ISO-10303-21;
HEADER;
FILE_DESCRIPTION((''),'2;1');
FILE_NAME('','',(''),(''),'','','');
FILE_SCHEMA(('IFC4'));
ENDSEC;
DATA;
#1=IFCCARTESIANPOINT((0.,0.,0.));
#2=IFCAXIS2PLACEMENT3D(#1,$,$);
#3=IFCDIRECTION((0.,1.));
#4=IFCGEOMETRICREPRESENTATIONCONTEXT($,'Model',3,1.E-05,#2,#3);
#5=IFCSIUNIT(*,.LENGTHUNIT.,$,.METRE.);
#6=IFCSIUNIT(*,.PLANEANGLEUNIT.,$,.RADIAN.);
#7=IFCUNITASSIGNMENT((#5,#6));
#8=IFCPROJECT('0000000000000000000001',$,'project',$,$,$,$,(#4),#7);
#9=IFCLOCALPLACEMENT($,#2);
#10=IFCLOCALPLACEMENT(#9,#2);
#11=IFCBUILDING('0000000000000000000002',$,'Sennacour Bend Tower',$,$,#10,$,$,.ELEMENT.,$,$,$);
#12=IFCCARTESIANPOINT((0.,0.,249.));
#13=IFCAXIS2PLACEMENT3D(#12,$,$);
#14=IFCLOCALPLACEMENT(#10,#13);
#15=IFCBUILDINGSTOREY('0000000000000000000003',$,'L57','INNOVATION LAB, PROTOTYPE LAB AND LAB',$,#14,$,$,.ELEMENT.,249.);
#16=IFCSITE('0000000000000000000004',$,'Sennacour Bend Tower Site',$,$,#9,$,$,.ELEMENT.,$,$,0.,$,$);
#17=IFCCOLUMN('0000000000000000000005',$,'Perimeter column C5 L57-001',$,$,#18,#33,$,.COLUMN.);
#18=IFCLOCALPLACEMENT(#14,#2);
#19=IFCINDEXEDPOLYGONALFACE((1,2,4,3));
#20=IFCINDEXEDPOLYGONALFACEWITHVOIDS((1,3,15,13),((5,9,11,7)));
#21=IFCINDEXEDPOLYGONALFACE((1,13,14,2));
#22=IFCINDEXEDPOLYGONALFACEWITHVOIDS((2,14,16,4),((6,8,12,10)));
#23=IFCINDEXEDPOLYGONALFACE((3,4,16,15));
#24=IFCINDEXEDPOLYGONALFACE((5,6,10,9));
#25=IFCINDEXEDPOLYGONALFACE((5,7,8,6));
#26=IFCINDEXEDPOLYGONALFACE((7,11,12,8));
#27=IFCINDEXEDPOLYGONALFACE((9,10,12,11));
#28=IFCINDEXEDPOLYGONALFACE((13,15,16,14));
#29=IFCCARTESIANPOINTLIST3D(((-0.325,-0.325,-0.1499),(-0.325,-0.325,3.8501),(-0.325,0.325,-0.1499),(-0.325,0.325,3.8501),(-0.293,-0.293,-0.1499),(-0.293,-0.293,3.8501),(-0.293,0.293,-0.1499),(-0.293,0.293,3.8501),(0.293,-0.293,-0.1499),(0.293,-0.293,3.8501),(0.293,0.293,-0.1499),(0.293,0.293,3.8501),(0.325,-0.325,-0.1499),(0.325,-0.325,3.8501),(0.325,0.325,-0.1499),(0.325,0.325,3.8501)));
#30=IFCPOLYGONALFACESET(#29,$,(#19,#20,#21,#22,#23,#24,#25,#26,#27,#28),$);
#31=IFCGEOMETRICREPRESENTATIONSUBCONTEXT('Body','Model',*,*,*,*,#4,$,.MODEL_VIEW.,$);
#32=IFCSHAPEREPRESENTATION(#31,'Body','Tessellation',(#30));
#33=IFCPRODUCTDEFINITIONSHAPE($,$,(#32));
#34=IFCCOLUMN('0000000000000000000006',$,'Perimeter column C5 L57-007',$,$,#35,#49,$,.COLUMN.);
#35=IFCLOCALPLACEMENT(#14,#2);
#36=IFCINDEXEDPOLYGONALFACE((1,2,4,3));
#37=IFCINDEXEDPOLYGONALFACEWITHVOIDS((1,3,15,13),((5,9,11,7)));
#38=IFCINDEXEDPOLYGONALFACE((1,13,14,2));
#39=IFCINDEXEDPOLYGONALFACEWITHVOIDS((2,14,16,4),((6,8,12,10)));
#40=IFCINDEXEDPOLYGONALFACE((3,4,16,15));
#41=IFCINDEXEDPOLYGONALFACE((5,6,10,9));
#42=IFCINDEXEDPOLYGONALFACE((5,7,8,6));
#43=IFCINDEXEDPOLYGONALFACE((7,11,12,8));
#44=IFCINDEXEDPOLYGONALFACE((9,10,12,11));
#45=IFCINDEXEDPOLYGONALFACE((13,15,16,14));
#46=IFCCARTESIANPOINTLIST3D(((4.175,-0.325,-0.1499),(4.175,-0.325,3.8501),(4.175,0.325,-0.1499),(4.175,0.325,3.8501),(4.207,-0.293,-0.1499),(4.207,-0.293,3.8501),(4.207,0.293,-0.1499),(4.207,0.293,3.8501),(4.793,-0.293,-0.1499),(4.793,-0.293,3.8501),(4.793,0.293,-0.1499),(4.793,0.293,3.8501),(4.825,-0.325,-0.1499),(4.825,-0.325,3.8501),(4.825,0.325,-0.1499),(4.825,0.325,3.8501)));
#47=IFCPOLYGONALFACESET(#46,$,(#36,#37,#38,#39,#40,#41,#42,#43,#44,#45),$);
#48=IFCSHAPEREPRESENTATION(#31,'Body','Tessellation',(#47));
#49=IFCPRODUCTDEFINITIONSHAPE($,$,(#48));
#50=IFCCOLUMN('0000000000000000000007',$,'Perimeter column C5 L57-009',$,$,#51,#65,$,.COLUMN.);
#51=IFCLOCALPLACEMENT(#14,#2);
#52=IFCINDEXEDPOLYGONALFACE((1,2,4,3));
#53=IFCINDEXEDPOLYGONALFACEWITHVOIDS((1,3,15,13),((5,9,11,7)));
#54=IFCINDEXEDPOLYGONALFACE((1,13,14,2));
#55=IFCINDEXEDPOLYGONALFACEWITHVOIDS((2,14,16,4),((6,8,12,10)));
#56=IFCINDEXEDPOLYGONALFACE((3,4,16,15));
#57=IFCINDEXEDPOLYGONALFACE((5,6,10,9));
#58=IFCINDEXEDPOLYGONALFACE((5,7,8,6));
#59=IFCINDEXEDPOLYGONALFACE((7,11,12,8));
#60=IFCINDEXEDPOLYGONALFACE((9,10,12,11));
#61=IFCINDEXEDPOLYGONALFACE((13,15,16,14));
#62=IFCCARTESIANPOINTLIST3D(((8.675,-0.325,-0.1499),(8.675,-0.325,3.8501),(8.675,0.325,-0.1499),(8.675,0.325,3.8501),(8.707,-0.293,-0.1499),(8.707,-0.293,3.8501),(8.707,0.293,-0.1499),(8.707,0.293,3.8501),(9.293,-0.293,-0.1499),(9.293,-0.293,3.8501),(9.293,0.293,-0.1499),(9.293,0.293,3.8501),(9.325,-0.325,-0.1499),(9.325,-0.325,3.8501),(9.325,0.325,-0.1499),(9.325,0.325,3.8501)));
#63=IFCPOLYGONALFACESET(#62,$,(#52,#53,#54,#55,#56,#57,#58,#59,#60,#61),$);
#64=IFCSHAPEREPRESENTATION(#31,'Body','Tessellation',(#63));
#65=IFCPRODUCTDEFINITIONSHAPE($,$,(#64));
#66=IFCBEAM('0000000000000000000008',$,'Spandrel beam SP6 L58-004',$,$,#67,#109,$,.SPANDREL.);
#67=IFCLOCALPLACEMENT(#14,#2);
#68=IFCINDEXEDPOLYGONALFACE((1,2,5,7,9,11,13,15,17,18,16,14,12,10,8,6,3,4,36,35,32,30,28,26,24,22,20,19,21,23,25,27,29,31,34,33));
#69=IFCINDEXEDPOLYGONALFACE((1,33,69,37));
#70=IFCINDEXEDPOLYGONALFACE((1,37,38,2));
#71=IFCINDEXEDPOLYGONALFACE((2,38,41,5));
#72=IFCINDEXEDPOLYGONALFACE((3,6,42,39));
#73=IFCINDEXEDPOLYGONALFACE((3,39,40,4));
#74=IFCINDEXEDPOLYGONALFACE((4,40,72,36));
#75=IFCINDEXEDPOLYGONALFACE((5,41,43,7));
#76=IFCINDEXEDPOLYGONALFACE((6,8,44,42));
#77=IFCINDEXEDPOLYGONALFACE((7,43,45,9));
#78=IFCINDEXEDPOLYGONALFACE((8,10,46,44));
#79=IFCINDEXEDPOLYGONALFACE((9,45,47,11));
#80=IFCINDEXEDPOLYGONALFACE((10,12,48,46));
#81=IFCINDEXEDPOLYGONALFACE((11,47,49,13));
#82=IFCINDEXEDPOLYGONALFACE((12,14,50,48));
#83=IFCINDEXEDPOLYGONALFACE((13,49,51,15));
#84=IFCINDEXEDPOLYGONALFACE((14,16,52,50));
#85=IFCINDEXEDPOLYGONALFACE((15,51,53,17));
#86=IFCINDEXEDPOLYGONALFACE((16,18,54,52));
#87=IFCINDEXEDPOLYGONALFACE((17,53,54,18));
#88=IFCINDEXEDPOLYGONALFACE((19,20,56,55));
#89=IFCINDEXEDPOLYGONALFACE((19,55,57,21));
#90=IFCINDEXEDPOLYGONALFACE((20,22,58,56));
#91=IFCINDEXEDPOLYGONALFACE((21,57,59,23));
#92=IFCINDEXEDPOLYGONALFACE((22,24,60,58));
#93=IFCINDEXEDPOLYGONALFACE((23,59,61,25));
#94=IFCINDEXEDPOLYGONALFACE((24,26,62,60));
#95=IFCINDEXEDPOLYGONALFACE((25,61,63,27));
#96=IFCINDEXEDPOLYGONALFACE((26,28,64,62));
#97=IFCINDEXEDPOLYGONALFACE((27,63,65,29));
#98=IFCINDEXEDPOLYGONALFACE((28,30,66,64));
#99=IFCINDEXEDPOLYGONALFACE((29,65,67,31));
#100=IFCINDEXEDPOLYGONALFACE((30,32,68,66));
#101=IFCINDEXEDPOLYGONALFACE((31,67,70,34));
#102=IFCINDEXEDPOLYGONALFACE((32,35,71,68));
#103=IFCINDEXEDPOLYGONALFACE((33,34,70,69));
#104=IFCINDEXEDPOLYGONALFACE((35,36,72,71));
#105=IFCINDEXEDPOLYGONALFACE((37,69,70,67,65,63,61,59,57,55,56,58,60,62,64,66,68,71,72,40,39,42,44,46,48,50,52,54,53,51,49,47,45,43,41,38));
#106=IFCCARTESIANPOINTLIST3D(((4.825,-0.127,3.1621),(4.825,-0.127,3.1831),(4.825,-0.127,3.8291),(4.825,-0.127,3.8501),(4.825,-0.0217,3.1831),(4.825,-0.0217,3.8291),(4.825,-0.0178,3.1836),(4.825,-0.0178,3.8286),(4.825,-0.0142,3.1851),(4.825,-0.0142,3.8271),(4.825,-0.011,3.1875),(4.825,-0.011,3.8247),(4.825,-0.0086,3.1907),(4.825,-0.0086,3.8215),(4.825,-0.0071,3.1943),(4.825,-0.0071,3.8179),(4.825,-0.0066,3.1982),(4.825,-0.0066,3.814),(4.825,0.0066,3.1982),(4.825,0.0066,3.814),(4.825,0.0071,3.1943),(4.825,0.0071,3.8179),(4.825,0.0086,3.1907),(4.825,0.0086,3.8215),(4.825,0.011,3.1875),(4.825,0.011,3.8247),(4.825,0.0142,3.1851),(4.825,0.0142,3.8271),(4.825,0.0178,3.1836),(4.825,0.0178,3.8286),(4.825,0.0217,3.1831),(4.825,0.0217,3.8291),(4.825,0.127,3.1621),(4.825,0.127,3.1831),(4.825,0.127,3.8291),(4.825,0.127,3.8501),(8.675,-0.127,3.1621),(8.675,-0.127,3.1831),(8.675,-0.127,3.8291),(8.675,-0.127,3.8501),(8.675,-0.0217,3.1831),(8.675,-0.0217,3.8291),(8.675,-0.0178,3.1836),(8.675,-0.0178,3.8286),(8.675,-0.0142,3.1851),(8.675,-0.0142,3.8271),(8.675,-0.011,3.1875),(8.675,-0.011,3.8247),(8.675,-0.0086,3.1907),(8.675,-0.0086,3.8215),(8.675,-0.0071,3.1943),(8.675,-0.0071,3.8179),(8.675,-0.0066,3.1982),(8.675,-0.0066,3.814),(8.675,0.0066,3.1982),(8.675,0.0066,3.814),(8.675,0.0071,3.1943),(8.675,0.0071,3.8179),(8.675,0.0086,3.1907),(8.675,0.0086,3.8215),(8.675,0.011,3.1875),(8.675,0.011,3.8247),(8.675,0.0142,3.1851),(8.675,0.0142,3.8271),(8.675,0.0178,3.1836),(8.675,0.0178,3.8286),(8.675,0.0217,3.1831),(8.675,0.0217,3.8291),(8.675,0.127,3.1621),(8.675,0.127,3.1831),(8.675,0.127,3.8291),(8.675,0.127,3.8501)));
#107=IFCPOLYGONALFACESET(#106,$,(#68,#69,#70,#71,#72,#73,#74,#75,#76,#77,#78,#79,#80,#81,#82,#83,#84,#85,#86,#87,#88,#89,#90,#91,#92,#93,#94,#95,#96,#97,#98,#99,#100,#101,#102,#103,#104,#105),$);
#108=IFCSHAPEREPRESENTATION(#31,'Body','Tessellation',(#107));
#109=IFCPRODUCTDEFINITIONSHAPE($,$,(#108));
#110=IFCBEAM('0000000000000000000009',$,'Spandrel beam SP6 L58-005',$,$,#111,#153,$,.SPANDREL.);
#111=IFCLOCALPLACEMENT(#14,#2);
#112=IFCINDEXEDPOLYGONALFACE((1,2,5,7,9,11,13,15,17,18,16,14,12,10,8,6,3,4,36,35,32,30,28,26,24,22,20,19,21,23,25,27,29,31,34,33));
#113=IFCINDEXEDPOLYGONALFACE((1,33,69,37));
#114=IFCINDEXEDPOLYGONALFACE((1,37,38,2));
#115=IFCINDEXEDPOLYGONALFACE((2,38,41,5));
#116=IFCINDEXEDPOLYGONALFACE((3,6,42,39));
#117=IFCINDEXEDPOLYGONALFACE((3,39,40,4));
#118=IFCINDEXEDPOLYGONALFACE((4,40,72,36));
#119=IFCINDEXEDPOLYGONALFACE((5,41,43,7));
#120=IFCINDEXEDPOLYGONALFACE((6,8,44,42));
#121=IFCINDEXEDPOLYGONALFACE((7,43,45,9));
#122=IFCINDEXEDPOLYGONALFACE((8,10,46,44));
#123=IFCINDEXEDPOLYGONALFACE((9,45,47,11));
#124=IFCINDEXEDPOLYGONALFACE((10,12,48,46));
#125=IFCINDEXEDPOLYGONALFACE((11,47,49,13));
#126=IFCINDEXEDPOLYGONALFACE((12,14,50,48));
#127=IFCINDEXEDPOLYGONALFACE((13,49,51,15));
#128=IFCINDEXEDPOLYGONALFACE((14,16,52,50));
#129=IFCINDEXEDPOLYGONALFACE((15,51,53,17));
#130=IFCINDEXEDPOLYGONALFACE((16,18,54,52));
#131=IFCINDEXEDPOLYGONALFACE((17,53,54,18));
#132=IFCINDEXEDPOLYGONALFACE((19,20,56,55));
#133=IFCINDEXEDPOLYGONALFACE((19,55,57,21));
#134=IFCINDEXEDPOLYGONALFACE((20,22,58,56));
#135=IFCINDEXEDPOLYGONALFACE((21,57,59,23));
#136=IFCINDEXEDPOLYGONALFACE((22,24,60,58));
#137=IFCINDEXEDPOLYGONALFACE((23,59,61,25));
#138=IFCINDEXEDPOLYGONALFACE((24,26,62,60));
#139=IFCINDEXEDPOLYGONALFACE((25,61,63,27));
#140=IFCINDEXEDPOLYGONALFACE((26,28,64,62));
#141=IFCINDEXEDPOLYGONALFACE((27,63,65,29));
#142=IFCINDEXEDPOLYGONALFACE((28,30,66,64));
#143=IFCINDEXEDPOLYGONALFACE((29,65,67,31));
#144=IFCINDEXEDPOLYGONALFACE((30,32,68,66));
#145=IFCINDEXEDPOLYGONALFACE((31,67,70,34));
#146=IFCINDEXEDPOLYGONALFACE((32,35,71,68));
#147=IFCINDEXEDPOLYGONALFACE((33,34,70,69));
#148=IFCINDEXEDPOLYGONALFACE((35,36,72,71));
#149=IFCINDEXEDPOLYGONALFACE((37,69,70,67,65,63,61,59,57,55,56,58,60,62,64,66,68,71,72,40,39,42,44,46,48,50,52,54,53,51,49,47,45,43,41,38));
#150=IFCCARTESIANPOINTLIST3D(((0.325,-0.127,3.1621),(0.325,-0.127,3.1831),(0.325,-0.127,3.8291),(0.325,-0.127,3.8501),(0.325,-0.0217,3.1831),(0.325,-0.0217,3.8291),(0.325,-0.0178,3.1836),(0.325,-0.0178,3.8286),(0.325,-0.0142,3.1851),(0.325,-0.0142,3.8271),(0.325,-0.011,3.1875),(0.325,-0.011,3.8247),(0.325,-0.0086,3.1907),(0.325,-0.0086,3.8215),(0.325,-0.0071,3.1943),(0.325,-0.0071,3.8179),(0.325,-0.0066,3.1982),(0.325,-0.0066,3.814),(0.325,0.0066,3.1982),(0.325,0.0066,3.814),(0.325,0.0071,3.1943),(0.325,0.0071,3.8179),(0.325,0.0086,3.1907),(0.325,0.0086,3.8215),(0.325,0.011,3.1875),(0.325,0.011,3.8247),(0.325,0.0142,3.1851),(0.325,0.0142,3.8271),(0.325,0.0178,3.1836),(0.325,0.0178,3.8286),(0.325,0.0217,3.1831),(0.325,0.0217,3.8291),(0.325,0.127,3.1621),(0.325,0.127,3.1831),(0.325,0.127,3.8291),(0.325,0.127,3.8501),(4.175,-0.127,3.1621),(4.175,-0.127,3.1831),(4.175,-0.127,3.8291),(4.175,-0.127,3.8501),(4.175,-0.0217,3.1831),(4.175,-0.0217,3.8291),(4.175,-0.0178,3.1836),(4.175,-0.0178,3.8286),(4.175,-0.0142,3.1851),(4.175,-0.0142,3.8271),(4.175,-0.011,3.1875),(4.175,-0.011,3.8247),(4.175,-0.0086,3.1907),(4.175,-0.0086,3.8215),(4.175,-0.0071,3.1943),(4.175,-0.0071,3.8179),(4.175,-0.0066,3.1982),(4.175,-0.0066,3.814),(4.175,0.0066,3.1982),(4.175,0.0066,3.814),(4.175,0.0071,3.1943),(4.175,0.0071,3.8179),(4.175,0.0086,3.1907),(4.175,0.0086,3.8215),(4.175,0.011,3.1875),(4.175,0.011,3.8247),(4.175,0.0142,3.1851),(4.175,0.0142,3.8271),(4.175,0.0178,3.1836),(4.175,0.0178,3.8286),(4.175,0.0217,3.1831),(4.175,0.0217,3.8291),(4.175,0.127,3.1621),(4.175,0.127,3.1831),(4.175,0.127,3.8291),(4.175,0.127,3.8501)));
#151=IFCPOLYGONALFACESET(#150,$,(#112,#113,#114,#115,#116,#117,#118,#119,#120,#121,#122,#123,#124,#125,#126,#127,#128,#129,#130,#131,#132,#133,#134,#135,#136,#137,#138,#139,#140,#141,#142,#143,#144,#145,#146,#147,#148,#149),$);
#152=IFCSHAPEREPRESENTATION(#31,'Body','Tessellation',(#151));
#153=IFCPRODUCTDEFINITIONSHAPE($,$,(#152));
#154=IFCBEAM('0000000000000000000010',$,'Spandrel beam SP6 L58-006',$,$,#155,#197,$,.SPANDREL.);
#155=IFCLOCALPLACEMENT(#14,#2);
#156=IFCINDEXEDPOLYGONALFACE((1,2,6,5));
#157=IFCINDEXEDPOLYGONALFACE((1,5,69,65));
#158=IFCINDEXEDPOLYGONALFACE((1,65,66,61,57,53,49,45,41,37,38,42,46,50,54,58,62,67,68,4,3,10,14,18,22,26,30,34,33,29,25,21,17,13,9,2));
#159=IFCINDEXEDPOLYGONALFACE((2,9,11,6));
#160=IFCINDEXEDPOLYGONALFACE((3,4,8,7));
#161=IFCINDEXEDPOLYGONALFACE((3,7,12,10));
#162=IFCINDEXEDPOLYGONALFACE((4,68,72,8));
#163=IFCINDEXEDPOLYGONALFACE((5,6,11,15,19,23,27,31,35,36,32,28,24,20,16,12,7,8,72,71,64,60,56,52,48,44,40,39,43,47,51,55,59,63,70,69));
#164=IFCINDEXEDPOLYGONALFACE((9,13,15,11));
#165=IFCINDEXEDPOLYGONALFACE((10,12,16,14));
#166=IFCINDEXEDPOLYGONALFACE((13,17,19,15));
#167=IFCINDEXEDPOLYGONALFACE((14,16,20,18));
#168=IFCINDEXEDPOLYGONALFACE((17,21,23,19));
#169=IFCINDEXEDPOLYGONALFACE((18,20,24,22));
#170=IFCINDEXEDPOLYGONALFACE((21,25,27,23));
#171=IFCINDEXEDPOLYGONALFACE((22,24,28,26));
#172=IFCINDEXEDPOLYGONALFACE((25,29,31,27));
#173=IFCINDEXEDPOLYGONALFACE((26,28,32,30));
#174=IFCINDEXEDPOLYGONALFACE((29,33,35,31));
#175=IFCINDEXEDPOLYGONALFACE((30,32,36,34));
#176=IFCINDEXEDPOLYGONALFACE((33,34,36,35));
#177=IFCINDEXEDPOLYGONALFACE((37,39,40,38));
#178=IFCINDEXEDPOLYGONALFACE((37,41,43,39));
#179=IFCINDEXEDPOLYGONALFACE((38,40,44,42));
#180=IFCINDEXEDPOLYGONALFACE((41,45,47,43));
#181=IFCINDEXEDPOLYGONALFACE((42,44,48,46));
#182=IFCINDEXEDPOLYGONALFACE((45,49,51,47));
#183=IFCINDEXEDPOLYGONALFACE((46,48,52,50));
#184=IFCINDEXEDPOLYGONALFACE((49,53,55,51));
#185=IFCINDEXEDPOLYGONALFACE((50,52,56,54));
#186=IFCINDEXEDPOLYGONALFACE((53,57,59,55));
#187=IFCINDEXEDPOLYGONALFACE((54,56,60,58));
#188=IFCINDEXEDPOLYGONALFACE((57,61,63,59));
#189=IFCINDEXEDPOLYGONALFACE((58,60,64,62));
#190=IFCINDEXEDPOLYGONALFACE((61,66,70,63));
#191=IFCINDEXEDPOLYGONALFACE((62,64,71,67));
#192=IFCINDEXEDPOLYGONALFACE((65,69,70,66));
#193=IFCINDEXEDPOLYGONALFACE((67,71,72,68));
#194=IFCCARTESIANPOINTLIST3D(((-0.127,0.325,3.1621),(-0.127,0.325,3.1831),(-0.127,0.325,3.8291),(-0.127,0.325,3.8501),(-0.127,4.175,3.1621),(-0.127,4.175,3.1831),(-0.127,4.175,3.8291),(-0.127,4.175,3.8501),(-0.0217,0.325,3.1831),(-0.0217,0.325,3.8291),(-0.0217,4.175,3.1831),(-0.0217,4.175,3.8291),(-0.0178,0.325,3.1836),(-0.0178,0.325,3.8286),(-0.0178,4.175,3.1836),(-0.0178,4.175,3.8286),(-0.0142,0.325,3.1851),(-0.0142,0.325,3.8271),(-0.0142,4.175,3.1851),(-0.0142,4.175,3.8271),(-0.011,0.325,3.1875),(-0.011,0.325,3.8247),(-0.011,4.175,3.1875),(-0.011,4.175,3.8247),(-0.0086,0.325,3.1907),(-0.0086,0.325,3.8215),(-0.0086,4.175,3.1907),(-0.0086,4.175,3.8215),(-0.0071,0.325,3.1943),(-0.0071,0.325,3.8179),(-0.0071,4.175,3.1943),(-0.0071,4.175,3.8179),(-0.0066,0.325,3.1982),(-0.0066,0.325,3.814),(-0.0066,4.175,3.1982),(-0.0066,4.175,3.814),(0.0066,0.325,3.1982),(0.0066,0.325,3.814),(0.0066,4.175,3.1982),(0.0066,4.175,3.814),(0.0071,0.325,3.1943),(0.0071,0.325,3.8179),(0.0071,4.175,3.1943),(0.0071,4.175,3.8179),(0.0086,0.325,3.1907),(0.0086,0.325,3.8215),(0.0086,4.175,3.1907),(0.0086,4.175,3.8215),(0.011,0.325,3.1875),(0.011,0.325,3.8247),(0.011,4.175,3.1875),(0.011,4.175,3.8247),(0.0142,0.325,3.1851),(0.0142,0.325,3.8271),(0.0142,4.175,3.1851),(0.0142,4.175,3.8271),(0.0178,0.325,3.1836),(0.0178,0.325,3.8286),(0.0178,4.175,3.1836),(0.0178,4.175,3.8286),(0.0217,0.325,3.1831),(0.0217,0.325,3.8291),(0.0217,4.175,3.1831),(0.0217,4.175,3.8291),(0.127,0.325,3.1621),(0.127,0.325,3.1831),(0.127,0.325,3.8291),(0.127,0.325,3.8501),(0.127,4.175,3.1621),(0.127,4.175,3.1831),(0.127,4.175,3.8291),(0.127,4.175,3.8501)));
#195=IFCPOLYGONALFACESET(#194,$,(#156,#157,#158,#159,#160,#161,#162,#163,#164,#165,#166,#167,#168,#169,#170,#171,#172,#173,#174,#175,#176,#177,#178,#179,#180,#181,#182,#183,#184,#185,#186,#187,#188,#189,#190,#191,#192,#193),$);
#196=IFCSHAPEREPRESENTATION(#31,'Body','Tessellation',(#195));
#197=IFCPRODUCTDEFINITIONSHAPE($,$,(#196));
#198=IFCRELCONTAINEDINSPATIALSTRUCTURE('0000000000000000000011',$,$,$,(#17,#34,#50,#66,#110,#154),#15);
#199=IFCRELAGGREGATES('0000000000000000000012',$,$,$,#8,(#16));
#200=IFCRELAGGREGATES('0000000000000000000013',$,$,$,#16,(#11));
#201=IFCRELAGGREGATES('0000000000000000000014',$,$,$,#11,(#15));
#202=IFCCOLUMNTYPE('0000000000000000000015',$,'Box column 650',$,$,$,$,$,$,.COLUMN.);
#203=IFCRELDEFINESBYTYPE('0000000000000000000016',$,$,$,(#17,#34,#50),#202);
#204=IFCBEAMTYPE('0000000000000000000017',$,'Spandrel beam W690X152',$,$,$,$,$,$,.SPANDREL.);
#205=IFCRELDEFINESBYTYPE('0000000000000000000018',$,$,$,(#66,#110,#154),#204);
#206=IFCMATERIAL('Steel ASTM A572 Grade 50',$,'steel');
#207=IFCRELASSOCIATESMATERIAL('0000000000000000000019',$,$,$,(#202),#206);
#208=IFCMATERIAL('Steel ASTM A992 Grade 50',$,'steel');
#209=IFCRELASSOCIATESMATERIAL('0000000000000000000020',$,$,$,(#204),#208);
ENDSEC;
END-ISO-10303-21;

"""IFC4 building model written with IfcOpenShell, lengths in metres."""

from ifc_helpers import new_model, si_unit, direction, frame, origin, origin_2d, place, context, subcontext, project, spatial, hollow_rectangle, i_section, extrude, material, material_profile, profile_set, type_object, element, save


model = new_model("IFC4")

# Units and contexts
model_context = context("Model", 3, precision=1e-05, world=origin(), true_north=direction((0.0, 1.0)))
body_context = subcontext(model_context, "Body", "Model", "MODEL_VIEW")
ifc_project = project(units=[si_unit("LENGTHUNIT", "METRE"), si_unit("PLANEANGLEUNIT", "RADIAN")], contexts=[model_context])

# Site, building, storey
site_placement = place(None, origin())
site = spatial("IfcSite", under=ifc_project, at=site_placement, Name="Sennacour Bend Tower Site", CompositionType="ELEMENT", RefElevation=0.0)
building_placement = place(site_placement, origin())
building = spatial("IfcBuilding", under=site, at=building_placement, Name="Sennacour Bend Tower", CompositionType="ELEMENT")
storey_placement = place(building_placement, frame((0.0, 0.0, 249.0)))
storey = spatial("IfcBuildingStorey", under=building, at=storey_placement, Name="L57", Description="INNOVATION LAB, PROTOTYPE LAB AND LAB", CompositionType="ELEMENT", Elevation=249.0)

# Columns
ifc_material_1 = material(Name="Steel ASTM A572 Grade 50", Category="steel")
ifc_material_profile_1 = material_profile(ifc_material_1, hollow_rectangle(XDim=0.6499, YDim=0.6499, WallThickness=0.032, at=origin_2d()), Name="Steel ASTM A572 Grade 50", Category="steel")
ifc_profile_set_1 = profile_set([ifc_material_profile_1], Name="Steel ASTM A572 Grade 50")
column_type = type_object("IfcColumnType", Name="Box column 650", PredefinedType="COLUMN", material=ifc_profile_set_1)
for number, where, z_axis, x_axis, name in (
    (1, (0.0, 0.0, -0.1499), (0.0, 0.0, 1.0), (1.0, 0.0, 0.0), "Perimeter column C5 L57-001"),
    (2, (4.5, 0.0, -0.1499), (0.0, 0.0, 1.0), (1.0, 0.0, 0.0), "Perimeter column C5 L57-007"),
    (3, (9.0, 0.0, -0.1499), (0.0, 0.0, 1.0), (1.0, 0.0, 0.0), "Perimeter column C5 L57-009"),
):
    element("IfcColumn", number, at=place(storey_placement, frame(where, z_axis=z_axis, x_axis=x_axis)), inside=storey, type_object=column_type, Name=name, PredefinedType="COLUMN", context=body_context, shape_type="SweptSolid", body=[
        extrude(hollow_rectangle(XDim=0.6499, YDim=0.6499, WallThickness=0.032, at=origin_2d()), origin(), (0.0, 0.0, 1.0), 4.0),
    ])

# Beams
ifc_material_2 = material(Name="Steel ASTM A992 Grade 50", Category="steel")
ifc_material_profile_2 = material_profile(ifc_material_2, i_section(OverallWidth=0.2539, OverallDepth=0.688, WebThickness=0.0132, FlangeThickness=0.021, FilletRadius=0.0151, at=origin_2d()), Name="Steel ASTM A992 Grade 50", Category="steel")
ifc_profile_set_2 = profile_set([ifc_material_profile_2], Name="Steel ASTM A992 Grade 50")
beam_type = type_object("IfcBeamType", Name="Spandrel beam W690X152", PredefinedType="SPANDREL", material=ifc_profile_set_2)
for number, where, z_axis, x_axis, name in (
    (4, (8.675, 0.0, 3.5061), (-1.0, 0.0, 0.0), (0.0, -1.0, 0.0), "Spandrel beam SP6 L58-004"),
    (5, (4.175, 0.0, 3.5061), (-1.0, 0.0, 0.0), (0.0, -1.0, 0.0), "Spandrel beam SP6 L58-005"),
    (6, (0.0, 0.325, 3.5061), (0.0, 1.0, 0.0), (-1.0, 0.0, 0.0), "Spandrel beam SP6 L58-006"),
):
    element("IfcBeam", number, at=place(storey_placement, frame(where, z_axis=z_axis, x_axis=x_axis)), inside=storey, type_object=beam_type, Name=name, PredefinedType="SPANDREL", context=body_context, shape_type="SweptSolid", body=[
        extrude(i_section(OverallWidth=0.2539, OverallDepth=0.688, WebThickness=0.0132, FlangeThickness=0.021, FilletRadius=0.0151, at=origin_2d()), origin(), (0.0, 0.0, 1.0), 3.8501),
    ])

save(model, "model.ifc")
